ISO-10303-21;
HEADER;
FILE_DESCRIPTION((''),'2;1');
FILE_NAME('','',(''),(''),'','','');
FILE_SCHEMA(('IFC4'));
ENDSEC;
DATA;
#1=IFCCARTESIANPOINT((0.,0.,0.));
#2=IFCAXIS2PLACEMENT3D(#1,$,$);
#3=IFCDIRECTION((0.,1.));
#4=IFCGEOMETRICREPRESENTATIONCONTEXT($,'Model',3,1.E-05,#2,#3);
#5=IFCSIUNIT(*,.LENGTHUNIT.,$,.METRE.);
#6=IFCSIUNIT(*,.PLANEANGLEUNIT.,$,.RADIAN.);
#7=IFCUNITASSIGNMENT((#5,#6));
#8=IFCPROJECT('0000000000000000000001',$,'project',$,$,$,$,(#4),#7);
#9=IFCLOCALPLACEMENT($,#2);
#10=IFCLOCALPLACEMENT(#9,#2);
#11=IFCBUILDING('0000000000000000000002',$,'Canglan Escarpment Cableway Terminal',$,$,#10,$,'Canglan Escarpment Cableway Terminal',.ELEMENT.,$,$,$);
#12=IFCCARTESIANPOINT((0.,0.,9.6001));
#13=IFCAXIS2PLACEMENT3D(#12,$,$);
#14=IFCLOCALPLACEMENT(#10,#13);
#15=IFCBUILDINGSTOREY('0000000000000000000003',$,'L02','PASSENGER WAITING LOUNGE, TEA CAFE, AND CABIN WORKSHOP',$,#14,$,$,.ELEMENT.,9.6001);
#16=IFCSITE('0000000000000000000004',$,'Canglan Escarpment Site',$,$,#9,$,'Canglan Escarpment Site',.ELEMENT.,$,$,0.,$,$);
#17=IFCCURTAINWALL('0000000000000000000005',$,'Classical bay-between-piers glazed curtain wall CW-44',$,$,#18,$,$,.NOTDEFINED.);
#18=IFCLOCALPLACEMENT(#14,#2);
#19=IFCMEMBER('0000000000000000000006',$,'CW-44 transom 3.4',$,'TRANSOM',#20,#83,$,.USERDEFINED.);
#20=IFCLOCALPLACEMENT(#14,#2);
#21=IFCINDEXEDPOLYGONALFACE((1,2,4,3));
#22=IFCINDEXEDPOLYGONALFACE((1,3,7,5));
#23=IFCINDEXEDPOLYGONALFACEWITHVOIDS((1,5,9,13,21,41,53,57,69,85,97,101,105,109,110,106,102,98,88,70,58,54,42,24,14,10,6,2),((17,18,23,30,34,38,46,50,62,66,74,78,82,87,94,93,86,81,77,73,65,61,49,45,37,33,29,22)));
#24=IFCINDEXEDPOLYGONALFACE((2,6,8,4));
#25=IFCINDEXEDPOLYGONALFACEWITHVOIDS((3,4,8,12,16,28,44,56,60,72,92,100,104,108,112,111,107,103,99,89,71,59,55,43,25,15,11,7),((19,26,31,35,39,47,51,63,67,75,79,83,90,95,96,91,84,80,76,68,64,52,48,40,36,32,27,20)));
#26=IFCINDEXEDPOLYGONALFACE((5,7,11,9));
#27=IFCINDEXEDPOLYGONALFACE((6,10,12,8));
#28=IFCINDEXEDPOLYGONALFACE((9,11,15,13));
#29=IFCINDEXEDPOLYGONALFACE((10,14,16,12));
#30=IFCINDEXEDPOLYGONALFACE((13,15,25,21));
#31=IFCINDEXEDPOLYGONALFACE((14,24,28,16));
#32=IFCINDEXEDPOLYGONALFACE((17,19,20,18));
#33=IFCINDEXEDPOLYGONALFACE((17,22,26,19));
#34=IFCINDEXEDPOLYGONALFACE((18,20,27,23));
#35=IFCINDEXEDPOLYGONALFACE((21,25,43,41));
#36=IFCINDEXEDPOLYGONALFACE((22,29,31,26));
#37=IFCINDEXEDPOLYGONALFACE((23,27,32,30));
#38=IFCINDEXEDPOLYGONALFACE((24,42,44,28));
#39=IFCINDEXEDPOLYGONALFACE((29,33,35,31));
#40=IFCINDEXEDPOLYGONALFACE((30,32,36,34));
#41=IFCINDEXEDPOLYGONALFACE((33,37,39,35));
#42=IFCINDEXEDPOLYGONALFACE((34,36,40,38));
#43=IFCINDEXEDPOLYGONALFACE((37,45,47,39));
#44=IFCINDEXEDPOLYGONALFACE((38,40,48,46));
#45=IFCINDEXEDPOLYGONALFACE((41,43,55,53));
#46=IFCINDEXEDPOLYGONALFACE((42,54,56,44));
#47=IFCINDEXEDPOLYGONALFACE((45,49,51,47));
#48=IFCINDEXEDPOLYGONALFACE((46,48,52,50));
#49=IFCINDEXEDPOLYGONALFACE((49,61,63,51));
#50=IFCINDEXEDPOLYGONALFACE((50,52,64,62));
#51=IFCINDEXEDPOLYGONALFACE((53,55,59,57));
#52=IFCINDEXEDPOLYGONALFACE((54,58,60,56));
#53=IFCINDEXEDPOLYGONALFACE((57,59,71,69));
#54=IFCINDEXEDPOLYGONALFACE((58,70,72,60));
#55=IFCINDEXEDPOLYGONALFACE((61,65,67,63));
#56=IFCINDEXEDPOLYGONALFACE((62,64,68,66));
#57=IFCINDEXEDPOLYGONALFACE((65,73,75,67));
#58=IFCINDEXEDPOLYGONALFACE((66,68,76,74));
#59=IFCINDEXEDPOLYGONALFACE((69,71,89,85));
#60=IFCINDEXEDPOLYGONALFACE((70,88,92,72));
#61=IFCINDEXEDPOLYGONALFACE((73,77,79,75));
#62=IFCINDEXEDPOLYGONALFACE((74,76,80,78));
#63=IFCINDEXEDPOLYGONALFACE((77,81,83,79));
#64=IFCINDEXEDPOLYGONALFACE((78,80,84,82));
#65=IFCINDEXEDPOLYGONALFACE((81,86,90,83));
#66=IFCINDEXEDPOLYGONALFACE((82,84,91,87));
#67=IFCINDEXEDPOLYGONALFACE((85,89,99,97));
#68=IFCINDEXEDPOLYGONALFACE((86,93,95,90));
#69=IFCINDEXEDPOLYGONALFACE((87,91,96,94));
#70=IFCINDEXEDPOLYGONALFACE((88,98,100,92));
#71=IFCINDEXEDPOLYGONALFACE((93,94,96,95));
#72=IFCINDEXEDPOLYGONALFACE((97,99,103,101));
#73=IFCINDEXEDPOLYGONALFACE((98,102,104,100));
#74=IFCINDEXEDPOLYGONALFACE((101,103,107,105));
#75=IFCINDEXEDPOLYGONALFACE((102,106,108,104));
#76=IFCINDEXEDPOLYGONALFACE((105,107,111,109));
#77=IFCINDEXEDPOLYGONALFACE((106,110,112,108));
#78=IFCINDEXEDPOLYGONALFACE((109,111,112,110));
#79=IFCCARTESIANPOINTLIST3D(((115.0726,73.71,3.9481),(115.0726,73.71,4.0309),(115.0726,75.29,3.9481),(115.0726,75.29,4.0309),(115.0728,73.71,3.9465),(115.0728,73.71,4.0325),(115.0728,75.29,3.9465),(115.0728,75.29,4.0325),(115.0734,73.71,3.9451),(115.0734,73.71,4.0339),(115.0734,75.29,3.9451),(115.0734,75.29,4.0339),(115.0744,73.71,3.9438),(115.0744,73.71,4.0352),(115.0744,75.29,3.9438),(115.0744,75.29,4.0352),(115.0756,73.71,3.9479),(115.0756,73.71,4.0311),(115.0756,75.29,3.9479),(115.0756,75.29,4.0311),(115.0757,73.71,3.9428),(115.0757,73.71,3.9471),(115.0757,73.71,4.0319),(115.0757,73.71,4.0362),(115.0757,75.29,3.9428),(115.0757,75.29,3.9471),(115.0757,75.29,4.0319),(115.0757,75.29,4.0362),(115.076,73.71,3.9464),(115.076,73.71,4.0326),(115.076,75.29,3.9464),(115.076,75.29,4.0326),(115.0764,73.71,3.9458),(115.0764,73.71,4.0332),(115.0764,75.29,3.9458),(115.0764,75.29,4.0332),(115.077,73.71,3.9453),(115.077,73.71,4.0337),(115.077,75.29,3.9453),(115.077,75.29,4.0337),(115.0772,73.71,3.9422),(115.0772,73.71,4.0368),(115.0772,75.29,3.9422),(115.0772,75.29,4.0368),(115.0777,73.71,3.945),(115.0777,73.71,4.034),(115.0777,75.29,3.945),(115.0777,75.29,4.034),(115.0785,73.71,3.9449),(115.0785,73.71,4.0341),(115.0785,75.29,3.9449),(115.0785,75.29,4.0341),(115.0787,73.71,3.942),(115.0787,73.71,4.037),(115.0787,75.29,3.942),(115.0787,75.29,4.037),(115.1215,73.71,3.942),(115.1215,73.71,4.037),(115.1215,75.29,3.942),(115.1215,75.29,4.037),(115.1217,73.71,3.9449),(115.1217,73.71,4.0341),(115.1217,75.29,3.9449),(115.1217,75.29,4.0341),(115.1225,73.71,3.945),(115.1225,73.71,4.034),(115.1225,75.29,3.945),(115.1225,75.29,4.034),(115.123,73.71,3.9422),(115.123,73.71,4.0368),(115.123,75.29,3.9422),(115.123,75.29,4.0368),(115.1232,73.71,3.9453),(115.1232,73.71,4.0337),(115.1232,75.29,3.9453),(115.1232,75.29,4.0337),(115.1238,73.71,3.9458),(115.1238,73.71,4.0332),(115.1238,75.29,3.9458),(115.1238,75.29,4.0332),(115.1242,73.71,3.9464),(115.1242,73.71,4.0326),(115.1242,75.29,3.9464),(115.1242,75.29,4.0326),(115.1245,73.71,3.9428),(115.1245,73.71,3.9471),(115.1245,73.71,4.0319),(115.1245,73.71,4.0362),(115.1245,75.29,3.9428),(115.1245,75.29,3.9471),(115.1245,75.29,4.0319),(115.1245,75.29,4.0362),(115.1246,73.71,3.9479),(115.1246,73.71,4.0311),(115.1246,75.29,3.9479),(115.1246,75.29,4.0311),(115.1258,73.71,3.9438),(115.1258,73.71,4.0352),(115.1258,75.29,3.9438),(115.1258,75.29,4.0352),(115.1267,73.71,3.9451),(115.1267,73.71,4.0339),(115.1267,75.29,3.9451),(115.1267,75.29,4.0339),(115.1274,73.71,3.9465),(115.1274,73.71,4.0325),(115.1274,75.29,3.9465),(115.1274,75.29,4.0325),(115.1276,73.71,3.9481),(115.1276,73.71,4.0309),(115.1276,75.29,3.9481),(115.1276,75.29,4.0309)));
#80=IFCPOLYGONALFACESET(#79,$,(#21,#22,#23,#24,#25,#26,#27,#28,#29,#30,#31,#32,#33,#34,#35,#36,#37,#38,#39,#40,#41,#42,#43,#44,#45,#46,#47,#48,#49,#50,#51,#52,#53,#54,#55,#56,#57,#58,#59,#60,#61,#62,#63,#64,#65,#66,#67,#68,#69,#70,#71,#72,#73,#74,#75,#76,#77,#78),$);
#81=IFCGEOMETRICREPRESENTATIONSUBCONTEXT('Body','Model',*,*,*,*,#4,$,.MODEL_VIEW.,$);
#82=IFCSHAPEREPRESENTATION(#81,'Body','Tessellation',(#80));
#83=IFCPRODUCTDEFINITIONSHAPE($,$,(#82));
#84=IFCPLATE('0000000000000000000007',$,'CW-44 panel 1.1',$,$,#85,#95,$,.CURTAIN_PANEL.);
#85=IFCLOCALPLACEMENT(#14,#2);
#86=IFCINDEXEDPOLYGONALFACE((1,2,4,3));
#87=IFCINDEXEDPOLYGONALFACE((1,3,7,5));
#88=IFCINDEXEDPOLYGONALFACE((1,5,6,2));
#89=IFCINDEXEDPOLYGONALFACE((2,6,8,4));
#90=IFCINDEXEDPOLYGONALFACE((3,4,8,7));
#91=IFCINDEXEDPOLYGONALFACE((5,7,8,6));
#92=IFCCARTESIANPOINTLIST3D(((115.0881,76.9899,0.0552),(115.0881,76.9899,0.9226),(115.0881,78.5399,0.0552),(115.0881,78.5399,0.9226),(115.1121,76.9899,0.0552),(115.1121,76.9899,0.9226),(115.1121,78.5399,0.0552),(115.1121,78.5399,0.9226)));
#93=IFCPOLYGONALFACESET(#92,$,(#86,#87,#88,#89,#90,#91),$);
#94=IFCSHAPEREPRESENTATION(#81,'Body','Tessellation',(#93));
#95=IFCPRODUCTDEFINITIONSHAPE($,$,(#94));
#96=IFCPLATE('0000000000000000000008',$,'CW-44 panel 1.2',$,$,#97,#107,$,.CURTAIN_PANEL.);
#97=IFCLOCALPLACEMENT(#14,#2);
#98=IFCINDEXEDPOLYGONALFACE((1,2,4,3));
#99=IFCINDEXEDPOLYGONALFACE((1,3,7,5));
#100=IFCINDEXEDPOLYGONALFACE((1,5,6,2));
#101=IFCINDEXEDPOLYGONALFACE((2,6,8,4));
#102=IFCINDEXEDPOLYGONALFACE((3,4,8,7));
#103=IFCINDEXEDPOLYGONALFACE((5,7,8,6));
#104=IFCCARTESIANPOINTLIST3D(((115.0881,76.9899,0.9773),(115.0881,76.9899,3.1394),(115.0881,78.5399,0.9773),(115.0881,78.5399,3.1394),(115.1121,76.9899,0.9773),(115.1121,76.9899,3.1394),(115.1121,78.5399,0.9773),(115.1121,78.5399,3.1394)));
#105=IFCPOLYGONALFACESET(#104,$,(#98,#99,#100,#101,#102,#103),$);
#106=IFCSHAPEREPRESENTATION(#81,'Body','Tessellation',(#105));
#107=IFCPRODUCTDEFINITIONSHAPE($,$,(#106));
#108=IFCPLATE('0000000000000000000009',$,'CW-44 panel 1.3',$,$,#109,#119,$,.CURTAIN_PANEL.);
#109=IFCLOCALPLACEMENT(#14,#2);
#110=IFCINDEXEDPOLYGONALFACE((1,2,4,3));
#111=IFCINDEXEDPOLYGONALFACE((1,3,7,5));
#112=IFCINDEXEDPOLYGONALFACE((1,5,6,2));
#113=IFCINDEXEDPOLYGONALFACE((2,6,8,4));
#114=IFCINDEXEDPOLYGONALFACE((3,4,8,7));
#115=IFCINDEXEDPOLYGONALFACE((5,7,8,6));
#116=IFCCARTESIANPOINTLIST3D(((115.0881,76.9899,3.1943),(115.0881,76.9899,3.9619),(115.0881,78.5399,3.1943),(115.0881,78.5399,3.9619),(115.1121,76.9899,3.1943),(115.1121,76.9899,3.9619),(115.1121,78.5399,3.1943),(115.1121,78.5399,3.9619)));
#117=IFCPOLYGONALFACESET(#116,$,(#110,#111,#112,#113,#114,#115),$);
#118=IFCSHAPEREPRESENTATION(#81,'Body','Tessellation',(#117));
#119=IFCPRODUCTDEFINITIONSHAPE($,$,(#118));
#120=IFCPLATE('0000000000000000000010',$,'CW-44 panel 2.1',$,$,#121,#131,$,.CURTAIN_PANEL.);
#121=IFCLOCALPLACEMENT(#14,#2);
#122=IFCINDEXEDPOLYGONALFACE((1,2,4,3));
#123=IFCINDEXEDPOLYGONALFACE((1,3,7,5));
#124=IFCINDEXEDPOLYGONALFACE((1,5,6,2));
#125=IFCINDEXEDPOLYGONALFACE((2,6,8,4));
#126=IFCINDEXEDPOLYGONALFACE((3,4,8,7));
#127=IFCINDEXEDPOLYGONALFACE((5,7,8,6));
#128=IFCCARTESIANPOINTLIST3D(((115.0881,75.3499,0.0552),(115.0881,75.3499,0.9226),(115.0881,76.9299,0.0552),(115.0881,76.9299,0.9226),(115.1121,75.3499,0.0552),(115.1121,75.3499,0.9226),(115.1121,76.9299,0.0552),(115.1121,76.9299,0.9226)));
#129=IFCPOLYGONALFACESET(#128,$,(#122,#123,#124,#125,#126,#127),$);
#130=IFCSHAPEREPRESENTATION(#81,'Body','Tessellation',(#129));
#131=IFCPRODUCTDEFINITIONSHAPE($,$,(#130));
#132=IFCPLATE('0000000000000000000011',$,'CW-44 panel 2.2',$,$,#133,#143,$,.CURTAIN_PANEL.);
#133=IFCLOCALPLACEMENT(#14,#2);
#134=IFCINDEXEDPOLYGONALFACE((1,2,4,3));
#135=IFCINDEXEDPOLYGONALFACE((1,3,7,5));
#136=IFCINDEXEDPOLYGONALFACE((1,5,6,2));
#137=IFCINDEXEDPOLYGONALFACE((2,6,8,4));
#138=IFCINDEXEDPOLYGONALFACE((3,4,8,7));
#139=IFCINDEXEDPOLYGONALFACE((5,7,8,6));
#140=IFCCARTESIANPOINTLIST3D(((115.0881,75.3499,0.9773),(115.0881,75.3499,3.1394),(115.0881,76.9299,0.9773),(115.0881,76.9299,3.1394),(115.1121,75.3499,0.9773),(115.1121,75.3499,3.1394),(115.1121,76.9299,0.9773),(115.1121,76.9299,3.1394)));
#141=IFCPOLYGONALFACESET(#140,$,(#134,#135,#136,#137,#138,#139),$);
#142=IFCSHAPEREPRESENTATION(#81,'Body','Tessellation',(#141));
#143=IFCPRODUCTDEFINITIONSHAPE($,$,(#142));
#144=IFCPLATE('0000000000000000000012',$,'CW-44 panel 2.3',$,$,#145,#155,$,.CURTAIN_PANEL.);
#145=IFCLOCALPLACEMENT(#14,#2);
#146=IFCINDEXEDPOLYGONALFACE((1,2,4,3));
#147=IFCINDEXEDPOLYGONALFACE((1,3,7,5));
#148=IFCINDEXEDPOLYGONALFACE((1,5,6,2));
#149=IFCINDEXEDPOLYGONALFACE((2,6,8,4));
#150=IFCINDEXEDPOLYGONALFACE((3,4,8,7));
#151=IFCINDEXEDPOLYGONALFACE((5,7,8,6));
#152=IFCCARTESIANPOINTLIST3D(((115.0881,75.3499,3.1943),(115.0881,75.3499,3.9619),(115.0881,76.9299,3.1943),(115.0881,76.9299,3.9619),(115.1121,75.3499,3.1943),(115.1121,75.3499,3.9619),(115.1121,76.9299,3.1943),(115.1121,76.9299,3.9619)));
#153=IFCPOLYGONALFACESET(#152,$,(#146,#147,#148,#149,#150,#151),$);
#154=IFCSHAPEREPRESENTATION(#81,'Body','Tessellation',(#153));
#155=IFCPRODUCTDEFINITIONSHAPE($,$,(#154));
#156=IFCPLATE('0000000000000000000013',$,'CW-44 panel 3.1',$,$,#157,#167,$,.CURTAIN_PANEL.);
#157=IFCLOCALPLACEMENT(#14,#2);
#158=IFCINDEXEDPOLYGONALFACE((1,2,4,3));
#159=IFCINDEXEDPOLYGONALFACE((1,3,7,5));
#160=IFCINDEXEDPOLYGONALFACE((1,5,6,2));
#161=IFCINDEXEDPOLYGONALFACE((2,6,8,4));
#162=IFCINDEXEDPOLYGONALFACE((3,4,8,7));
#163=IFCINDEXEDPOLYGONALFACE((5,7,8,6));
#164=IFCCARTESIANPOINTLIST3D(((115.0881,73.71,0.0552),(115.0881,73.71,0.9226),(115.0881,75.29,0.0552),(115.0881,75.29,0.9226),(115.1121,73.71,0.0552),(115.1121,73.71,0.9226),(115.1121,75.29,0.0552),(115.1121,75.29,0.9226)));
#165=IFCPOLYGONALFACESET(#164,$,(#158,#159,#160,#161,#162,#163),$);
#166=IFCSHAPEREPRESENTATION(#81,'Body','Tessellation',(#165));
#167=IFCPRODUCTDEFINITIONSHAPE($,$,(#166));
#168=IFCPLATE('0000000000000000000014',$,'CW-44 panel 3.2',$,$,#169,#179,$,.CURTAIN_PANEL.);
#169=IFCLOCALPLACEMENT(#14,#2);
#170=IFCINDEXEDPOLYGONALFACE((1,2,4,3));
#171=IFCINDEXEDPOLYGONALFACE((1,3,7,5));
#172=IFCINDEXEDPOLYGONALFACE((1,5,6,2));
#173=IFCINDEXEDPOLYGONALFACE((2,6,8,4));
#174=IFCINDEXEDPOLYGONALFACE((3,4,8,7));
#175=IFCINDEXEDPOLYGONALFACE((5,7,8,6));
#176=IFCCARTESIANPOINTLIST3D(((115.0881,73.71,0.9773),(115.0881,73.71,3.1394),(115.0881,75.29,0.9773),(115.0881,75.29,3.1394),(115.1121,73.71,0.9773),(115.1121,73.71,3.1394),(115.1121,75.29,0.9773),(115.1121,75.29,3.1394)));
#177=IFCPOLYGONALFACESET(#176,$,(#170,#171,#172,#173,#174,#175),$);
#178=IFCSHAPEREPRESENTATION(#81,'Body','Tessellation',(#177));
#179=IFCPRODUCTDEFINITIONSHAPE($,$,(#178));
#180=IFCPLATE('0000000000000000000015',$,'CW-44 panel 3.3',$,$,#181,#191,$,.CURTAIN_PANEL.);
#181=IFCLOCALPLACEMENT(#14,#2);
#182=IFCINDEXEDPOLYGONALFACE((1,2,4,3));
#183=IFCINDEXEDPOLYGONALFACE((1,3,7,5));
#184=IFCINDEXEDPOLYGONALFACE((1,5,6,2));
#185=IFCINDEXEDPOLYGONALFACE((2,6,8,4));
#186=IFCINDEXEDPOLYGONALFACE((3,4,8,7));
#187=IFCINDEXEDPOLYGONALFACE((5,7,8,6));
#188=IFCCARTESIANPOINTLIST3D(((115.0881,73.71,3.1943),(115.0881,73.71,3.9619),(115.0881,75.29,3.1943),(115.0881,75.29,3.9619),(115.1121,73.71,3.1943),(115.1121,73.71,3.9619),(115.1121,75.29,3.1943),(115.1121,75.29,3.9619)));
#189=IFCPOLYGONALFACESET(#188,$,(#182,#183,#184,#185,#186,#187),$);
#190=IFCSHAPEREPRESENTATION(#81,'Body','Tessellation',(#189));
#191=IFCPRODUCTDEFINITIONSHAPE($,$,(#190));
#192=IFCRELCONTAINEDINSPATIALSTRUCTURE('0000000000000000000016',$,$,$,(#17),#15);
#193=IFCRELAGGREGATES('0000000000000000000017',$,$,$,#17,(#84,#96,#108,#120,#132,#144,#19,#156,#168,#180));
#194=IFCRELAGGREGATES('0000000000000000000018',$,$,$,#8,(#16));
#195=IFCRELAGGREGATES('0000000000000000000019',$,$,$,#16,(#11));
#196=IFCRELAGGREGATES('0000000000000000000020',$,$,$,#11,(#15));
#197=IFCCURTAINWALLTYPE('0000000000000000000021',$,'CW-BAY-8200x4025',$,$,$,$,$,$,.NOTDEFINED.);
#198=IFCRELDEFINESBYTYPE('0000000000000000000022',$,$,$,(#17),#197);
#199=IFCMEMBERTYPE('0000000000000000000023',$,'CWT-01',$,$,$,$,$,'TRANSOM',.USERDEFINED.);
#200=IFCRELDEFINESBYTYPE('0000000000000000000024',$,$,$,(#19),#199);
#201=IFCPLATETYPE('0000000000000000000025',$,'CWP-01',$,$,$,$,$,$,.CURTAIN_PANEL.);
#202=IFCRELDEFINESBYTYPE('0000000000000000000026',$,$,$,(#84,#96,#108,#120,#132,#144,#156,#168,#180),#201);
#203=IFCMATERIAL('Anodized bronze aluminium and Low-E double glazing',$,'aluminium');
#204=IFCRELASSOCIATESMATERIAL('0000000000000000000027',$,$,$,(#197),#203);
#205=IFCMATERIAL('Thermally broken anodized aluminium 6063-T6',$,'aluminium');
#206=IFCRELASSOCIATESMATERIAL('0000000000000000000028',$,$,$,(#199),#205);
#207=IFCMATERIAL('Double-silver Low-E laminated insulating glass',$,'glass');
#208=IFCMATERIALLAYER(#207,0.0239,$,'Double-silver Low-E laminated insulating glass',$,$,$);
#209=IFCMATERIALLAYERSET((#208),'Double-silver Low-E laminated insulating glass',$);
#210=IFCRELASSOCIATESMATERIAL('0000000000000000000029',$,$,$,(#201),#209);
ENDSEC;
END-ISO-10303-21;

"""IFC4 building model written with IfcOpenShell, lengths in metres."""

from ifc_helpers import new_model, si_unit, direction, frame, origin, origin_2d, place, context, subcontext, project, spatial, rectangle, hollow_rectangle, extrude, material, layer, layer_set, material_profile, profile_set, type_object, element, aggregate, save


model = new_model("IFC4")

# Units and contexts
model_context = context("Model", 3, precision=1e-05, world=origin(), true_north=direction((0.0, 1.0)))
body_context = subcontext(model_context, "Body", "Model", "MODEL_VIEW")
ifc_project = project(units=[si_unit("LENGTHUNIT", "METRE"), si_unit("PLANEANGLEUNIT", "RADIAN")], contexts=[model_context])

# Site, building, storey
site_placement = place(None, origin())
site = spatial("IfcSite", under=ifc_project, at=site_placement, Name="Canglan Escarpment Site", LongName="Canglan Escarpment Site", CompositionType="ELEMENT", RefElevation=0.0)
building_placement = place(site_placement, origin())
building = spatial("IfcBuilding", under=site, at=building_placement, Name="Canglan Escarpment Cableway Terminal", LongName="Canglan Escarpment Cableway Terminal", CompositionType="ELEMENT")
storey_placement = place(building_placement, frame((0.0, 0.0, 9.6001)))
storey = spatial("IfcBuildingStorey", under=building, at=storey_placement, Name="L02", Description="PASSENGER WAITING LOUNGE, TEA CAFE, AND CABIN WORKSHOP", CompositionType="ELEMENT", Elevation=9.6001)

# Curtain wall, member, plates
ifc_material_1 = material(Name="Anodized bronze aluminium and Low-E double glazing", Category="aluminium")
curtain_wall_type = type_object("IfcCurtainWallType", Name="CW-BAY-8200x4025", PredefinedType="NOTDEFINED", material=ifc_material_1)
curtain_wall_placement = place(storey_placement, origin())
curtain_wall = element("IfcCurtainWall", 1, at=curtain_wall_placement, inside=storey, type_object=curtain_wall_type, Name="Classical bay-between-piers glazed curtain wall CW-44", PredefinedType="NOTDEFINED")
ifc_material_2 = material(Name="Thermally broken anodized aluminium 6063-T6", Category="aluminium")
ifc_material_profile_1 = material_profile(ifc_material_2, hollow_rectangle(XDim=0.0549, YDim=0.095, WallThickness=0.0029, InnerFilletRadius=0.0029, OuterFilletRadius=0.0061, at=origin_2d()), Name="ALU-TRAN 55x95x3")
ifc_profile_set_1 = profile_set([ifc_material_profile_1], Name="Thermally broken anodized aluminium 6063-T6")
member_type_1 = type_object("IfcMemberType", Name="CWT-01", ElementType="TRANSOM", PredefinedType="USERDEFINED", material=ifc_profile_set_1)
member_1_placement = place(storey_placement, frame((115.1001, 75.29, 3.9895), z_axis=(0.0, -1.0, 0.0), x_axis=(1.0, 0.0, 0.0)))
member_1 = element("IfcMember", 2, at=member_1_placement, type_object=member_type_1, Name="CW-44 transom 3.4", ObjectType="TRANSOM", PredefinedType="USERDEFINED", context=body_context, shape_type="SweptSolid", body=[
    extrude(hollow_rectangle(XDim=0.0549, YDim=0.095, WallThickness=0.0029, InnerFilletRadius=0.0029, OuterFilletRadius=0.0061, at=origin_2d()), origin(), (0.0, 0.0, 1.0), 1.5801),
])
ifc_material_3 = material(Name="Double-silver Low-E laminated insulating glass", Category="glass")
ifc_layer_1 = layer(ifc_material_3, 0.0239, Name="Double-silver Low-E laminated insulating glass")
ifc_layer_set_1 = layer_set([ifc_layer_1], Name="Double-silver Low-E laminated insulating glass")
plate_type = type_object("IfcPlateType", Name="CWP-01", PredefinedType="CURTAIN_PANEL", material=ifc_layer_set_1)
plate_1_placement = place(storey_placement, frame((115.1001, 77.7649, 0.0552), z_axis=(0.0, 0.0, 1.0), x_axis=(0.0, -1.0, 0.0)))
plate_1 = element("IfcPlate", 3, at=plate_1_placement, type_object=plate_type, Name="CW-44 panel 1.1", PredefinedType="CURTAIN_PANEL", context=body_context, shape_type="SweptSolid", body=[
    extrude(rectangle(XDim=1.55, YDim=0.0239, at=origin_2d()), origin(), (0.0, 0.0, 1.0), 0.8674),
])
plate_2_placement = place(storey_placement, frame((115.1001, 77.7649, 0.9773), z_axis=(0.0, 0.0, 1.0), x_axis=(0.0, -1.0, 0.0)))
plate_2 = element("IfcPlate", 4, at=plate_2_placement, type_object=plate_type, Name="CW-44 panel 1.2", PredefinedType="CURTAIN_PANEL", context=body_context, shape_type="SweptSolid", body=[
    extrude(rectangle(XDim=1.55, YDim=0.0239, at=origin_2d()), origin(), (0.0, 0.0, 1.0), 2.1621),
])
plate_3_placement = place(storey_placement, frame((115.1001, 77.7649, 3.1943), z_axis=(0.0, 0.0, 1.0), x_axis=(0.0, -1.0, 0.0)))
plate_3 = element("IfcPlate", 5, at=plate_3_placement, type_object=plate_type, Name="CW-44 panel 1.3", PredefinedType="CURTAIN_PANEL", context=body_context, shape_type="SweptSolid", body=[
    extrude(rectangle(XDim=1.55, YDim=0.0239, at=origin_2d()), origin(), (0.0, 0.0, 1.0), 0.7676),
])
plate_4_placement = place(storey_placement, frame((115.1001, 76.1399, 0.0552), z_axis=(0.0, 0.0, 1.0), x_axis=(0.0, -1.0, 0.0)))
plate_4 = element("IfcPlate", 6, at=plate_4_placement, type_object=plate_type, Name="CW-44 panel 2.1", PredefinedType="CURTAIN_PANEL", context=body_context, shape_type="SweptSolid", body=[
    extrude(rectangle(XDim=1.5801, YDim=0.0239, at=origin_2d()), origin(), (0.0, 0.0, 1.0), 0.8674),
])
plate_5_placement = place(storey_placement, frame((115.1001, 76.1399, 0.9773), z_axis=(0.0, 0.0, 1.0), x_axis=(0.0, -1.0, 0.0)))
plate_5 = element("IfcPlate", 7, at=plate_5_placement, type_object=plate_type, Name="CW-44 panel 2.2", PredefinedType="CURTAIN_PANEL", context=body_context, shape_type="SweptSolid", body=[
    extrude(rectangle(XDim=1.5801, YDim=0.0239, at=origin_2d()), origin(), (0.0, 0.0, 1.0), 2.1621),
])
plate_6_placement = place(storey_placement, frame((115.1001, 76.1399, 3.1943), z_axis=(0.0, 0.0, 1.0), x_axis=(0.0, -1.0, 0.0)))
plate_6 = element("IfcPlate", 8, at=plate_6_placement, type_object=plate_type, Name="CW-44 panel 2.3", PredefinedType="CURTAIN_PANEL", context=body_context, shape_type="SweptSolid", body=[
    extrude(rectangle(XDim=1.5801, YDim=0.0239, at=origin_2d()), origin(), (0.0, 0.0, 1.0), 0.7676),
])
plate_7_placement = place(storey_placement, frame((115.1001, 74.5, 0.0552), z_axis=(0.0, 0.0, 1.0), x_axis=(0.0, -1.0, 0.0)))
plate_7 = element("IfcPlate", 9, at=plate_7_placement, type_object=plate_type, Name="CW-44 panel 3.1", PredefinedType="CURTAIN_PANEL", context=body_context, shape_type="SweptSolid", body=[
    extrude(rectangle(XDim=1.5801, YDim=0.0239, at=origin_2d()), origin(), (0.0, 0.0, 1.0), 0.8674),
])
plate_8_placement = place(storey_placement, frame((115.1001, 74.5, 0.9773), z_axis=(0.0, 0.0, 1.0), x_axis=(0.0, -1.0, 0.0)))
plate_8 = element("IfcPlate", 10, at=plate_8_placement, type_object=plate_type, Name="CW-44 panel 3.2", PredefinedType="CURTAIN_PANEL", context=body_context, shape_type="SweptSolid", body=[
    extrude(rectangle(XDim=1.5801, YDim=0.0239, at=origin_2d()), origin(), (0.0, 0.0, 1.0), 2.1621),
])
plate_9_placement = place(storey_placement, frame((115.1001, 74.5, 3.1943), z_axis=(0.0, 0.0, 1.0), x_axis=(0.0, -1.0, 0.0)))
plate_9 = element("IfcPlate", 11, at=plate_9_placement, type_object=plate_type, Name="CW-44 panel 3.3", PredefinedType="CURTAIN_PANEL", context=body_context, shape_type="SweptSolid", body=[
    extrude(rectangle(XDim=1.5801, YDim=0.0239, at=origin_2d()), origin(), (0.0, 0.0, 1.0), 0.7676),
])
aggregate(curtain_wall, [plate_1, plate_2, plate_3, plate_4, plate_5, plate_6, member_1, plate_7, plate_8, plate_9])

save(model, "model.ifc")
